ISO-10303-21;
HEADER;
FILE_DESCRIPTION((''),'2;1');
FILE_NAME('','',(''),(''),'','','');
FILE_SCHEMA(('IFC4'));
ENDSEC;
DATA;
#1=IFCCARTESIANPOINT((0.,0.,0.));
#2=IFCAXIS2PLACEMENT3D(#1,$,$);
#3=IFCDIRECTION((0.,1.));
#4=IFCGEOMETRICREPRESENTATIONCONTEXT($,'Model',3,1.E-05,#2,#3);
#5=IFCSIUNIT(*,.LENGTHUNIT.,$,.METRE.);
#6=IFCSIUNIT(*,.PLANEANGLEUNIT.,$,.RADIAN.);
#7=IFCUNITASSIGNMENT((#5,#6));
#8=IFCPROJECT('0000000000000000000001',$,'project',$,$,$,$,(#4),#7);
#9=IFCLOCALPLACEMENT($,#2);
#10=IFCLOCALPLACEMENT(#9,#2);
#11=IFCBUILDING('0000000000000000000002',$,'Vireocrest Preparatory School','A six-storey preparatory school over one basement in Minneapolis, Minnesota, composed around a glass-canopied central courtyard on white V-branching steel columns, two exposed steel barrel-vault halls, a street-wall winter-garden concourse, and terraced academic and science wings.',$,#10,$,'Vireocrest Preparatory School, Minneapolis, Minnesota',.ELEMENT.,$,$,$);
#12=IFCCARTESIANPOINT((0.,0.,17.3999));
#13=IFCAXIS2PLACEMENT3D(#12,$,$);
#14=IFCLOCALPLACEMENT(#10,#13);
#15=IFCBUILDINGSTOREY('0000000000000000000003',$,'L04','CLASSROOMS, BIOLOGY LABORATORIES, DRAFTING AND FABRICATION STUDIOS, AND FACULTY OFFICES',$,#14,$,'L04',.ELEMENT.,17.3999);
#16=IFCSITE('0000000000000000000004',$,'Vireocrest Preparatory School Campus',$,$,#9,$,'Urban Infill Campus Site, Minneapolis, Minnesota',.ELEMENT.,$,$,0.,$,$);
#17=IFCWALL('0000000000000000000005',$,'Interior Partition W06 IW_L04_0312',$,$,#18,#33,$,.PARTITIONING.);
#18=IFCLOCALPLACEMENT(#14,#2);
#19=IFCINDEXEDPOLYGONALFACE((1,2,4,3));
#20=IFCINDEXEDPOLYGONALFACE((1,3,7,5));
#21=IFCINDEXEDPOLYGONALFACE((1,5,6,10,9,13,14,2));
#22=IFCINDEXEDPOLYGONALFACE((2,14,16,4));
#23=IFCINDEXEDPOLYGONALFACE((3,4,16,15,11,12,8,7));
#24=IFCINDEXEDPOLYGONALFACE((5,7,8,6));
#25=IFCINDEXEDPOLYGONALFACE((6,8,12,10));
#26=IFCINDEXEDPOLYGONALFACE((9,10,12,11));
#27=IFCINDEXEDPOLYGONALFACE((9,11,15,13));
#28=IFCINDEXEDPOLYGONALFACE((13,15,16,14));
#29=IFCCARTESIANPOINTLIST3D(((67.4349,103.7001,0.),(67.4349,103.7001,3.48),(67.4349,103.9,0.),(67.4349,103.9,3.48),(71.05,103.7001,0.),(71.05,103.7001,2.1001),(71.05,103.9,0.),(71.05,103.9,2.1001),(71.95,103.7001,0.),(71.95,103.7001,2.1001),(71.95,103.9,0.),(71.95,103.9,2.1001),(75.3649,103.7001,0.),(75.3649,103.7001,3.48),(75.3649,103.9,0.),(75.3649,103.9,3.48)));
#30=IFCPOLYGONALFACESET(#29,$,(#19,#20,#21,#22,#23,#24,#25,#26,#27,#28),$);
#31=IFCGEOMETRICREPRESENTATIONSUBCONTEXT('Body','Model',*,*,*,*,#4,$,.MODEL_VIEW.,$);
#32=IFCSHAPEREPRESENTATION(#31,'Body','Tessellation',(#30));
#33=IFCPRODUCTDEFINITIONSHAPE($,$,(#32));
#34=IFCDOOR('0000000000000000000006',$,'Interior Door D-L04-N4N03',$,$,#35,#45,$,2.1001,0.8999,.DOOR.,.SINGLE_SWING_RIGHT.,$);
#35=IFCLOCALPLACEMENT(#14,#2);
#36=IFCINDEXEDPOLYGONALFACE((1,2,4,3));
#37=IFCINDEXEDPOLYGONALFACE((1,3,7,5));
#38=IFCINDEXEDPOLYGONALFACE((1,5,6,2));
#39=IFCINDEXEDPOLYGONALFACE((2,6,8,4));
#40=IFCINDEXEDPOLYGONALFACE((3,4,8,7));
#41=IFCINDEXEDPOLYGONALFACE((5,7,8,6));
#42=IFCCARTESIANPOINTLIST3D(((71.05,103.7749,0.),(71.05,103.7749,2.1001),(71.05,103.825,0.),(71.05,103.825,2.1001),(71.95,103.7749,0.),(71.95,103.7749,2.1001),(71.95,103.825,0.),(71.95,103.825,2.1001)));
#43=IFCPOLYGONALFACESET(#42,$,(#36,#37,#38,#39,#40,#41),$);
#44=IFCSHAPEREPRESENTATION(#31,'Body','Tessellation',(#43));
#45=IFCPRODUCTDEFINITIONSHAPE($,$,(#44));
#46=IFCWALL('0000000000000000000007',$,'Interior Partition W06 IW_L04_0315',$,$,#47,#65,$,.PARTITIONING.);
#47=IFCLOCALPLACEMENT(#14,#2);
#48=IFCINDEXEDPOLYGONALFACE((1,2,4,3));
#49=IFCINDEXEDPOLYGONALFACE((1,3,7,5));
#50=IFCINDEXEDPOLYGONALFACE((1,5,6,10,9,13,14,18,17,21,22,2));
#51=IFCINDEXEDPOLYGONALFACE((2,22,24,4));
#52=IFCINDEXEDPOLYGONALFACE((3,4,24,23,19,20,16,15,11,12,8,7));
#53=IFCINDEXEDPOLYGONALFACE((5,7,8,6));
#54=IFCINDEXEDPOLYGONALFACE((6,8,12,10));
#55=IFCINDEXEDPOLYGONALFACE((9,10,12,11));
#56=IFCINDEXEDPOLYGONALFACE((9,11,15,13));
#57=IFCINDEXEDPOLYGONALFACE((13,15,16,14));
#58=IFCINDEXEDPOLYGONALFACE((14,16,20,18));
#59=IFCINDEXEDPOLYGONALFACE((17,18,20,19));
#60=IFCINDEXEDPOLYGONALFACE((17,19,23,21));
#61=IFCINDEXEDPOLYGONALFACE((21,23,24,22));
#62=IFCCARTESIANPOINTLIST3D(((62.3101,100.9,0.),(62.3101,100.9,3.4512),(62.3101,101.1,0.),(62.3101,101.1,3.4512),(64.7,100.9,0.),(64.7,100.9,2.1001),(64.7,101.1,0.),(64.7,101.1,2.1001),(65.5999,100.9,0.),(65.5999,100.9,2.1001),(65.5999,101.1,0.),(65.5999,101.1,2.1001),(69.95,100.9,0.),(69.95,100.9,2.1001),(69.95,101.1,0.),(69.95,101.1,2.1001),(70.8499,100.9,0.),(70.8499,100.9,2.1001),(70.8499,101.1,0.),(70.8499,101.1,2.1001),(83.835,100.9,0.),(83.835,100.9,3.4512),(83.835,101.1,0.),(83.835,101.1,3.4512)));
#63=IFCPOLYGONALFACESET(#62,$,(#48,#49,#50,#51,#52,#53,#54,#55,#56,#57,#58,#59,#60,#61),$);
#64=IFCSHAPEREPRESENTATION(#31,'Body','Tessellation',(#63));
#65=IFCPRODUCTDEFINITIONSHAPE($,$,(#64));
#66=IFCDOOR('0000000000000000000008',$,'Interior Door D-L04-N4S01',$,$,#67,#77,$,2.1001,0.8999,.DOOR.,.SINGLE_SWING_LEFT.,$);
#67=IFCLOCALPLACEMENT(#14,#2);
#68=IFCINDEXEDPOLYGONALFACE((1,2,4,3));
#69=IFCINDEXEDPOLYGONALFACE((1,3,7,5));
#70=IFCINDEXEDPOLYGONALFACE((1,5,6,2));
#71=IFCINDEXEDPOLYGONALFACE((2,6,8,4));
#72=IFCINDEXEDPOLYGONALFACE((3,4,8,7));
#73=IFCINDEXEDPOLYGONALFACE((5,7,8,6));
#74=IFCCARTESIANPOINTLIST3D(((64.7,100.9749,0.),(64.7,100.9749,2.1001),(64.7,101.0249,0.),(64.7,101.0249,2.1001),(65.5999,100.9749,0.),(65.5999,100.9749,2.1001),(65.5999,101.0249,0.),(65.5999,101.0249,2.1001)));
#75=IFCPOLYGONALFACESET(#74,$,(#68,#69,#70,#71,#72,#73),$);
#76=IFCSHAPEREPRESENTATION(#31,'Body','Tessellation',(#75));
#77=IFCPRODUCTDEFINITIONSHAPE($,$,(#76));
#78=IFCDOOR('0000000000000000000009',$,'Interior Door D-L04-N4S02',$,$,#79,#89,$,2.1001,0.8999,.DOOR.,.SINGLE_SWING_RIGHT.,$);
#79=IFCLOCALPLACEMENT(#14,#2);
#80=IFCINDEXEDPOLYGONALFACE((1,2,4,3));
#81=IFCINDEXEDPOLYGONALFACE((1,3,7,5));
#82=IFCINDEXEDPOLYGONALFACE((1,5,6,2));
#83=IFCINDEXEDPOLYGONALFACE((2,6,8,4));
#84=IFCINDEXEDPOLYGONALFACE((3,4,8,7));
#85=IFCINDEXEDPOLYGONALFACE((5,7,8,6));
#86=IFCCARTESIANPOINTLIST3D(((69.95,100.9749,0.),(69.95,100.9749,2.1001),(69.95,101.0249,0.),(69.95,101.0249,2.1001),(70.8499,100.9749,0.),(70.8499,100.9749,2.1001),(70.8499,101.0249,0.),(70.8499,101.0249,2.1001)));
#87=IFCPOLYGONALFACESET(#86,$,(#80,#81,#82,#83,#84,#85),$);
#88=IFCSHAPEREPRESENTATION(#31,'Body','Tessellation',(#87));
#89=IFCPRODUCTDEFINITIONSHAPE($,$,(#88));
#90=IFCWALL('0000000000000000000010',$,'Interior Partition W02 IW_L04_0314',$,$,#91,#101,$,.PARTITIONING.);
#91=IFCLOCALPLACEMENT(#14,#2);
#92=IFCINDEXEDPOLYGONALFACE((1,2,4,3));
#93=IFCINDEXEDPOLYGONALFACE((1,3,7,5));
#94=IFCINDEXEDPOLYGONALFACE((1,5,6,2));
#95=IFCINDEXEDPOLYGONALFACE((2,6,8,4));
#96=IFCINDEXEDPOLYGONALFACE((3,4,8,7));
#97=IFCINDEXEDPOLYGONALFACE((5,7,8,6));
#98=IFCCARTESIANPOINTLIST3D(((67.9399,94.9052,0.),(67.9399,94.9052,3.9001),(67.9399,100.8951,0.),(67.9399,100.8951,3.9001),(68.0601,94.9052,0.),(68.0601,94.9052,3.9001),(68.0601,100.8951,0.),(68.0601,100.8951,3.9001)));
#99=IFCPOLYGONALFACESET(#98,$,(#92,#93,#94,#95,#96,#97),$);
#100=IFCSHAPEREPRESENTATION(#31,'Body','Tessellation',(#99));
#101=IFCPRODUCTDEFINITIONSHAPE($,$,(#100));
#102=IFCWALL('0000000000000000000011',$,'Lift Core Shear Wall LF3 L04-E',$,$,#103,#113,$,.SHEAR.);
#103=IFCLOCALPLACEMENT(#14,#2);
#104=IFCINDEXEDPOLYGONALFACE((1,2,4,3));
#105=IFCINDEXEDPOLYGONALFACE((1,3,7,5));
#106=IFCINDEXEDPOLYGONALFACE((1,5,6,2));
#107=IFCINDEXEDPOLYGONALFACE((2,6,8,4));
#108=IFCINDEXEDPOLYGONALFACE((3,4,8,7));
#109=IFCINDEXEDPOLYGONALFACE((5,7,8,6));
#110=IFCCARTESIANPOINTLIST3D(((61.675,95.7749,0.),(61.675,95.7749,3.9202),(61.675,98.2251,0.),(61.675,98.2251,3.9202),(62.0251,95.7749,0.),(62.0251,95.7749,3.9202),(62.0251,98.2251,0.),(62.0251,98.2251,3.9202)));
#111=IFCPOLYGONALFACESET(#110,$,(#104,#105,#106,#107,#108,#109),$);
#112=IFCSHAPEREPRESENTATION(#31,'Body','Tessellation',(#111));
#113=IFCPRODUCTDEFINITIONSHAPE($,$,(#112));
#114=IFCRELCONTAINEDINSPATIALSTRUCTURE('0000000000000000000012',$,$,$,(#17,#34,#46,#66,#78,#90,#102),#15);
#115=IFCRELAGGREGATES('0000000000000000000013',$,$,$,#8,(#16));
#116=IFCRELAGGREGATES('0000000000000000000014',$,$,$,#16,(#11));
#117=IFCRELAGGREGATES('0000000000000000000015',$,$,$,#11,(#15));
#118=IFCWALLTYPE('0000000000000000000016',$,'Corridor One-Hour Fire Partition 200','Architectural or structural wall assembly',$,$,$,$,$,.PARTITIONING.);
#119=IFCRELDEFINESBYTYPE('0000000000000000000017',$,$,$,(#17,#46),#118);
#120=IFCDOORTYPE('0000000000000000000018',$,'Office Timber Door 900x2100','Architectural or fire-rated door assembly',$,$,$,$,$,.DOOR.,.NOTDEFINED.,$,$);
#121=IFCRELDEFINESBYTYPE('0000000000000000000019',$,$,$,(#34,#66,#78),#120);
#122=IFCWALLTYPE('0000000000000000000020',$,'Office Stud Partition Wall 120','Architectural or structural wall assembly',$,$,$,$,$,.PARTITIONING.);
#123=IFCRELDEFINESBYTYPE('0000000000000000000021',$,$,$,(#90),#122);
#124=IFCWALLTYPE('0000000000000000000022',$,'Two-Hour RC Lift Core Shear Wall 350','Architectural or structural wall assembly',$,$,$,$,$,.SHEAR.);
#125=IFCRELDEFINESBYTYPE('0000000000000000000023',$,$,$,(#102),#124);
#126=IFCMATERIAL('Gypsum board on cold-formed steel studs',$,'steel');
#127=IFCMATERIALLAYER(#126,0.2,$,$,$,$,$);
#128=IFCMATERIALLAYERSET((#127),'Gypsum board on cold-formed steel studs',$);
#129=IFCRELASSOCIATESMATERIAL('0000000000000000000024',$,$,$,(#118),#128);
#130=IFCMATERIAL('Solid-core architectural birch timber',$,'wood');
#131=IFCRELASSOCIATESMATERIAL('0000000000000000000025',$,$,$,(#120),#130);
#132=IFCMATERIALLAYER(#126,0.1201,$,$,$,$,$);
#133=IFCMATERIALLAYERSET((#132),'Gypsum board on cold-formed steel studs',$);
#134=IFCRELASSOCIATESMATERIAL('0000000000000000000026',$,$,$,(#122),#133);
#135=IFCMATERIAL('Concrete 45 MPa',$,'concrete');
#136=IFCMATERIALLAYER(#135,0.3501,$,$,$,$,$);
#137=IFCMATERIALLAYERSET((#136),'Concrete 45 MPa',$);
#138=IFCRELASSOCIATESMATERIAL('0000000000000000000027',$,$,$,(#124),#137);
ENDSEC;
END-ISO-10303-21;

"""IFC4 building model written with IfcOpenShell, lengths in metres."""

from ifc_helpers import new_model, si_unit, direction, frame, frame_2d, origin, place, context, subcontext, project, spatial, rectangle, extrude, material, layer, layer_set, type_object, element, fill, save


model = new_model("IFC4")

# Units and contexts
model_context = context("Model", 3, precision=1e-05, world=origin(), true_north=direction((0.0, 1.0)))
body_context = subcontext(model_context, "Body", "Model", "MODEL_VIEW")
ifc_project = project(units=[si_unit("LENGTHUNIT", "METRE"), si_unit("PLANEANGLEUNIT", "RADIAN")], contexts=[model_context])

# Site, building, storey
site_placement = place(None, origin())
site = spatial("IfcSite", under=ifc_project, at=site_placement, Name="Vireocrest Preparatory School Campus", LongName="Urban Infill Campus Site, Minneapolis, Minnesota", CompositionType="ELEMENT", RefElevation=0.0)
building_placement = place(site_placement, origin())
building = spatial("IfcBuilding", under=site, at=building_placement, Name="Vireocrest Preparatory School", Description="A six-storey preparatory school over one basement in Minneapolis, Minnesota, composed around a glass-canopied central courtyard on white V-branching steel columns, two exposed steel barrel-vault halls, a street-wall winter-garden concourse, and terraced academic and science wings.", LongName="Vireocrest Preparatory School, Minneapolis, Minnesota", CompositionType="ELEMENT")
storey_placement = place(building_placement, frame((0.0, 0.0, 17.3999)))
storey = spatial("IfcBuildingStorey", under=building, at=storey_placement, Name="L04", Description="CLASSROOMS, BIOLOGY LABORATORIES, DRAFTING AND FABRICATION STUDIOS, AND FACULTY OFFICES", LongName="L04", CompositionType="ELEMENT", Elevation=17.3999)

# Shared definitions
ifc_material_1 = material(Name="Concrete 45 MPa", Category="concrete")

# Wall, opening, door
ifc_material_2 = material(Name="Gypsum board on cold-formed steel studs", Category="steel")
ifc_layer_1 = layer(ifc_material_2, 0.2)
ifc_layer_set_1 = layer_set([ifc_layer_1], Name="Gypsum board on cold-formed steel studs")
wall_type_1 = type_object("IfcWallType", Name="Corridor One-Hour Fire Partition 200", Description="Architectural or structural wall assembly", PredefinedType="PARTITIONING", material=ifc_layer_set_1)
wall_1_placement = place(storey_placement, frame((67.4351, 103.8, 0.0), z_axis=(0.0, 0.0, 1.0), x_axis=(1.0, 0.0, 0.0)))
wall_1 = element("IfcWall", 1, at=wall_1_placement, inside=storey, type_object=wall_type_1, Name="Interior Partition W06 IW_L04_0312", PredefinedType="PARTITIONING", context=body_context, shape_type="SweptSolid", body=[
    extrude(rectangle(XDim=7.9299, YDim=0.2, at=frame_2d((3.9648, 0.0))), origin(), (0.0, 0.0, 1.0), 3.48),
])
opening_1_placement = place(wall_1_placement, frame((3.615, 0.0, 0.0)))
opening_1 = element("IfcOpeningElement", 2, at=opening_1_placement, cuts=wall_1, PredefinedType="OPENING", context=body_context, shape_type="SweptSolid", body=[
    extrude(rectangle(XDim=0.8999, YDim=2.1001, at=frame_2d((0.45, 1.05))), frame((0.0, 0.1099, 0.0), z_axis=(0.0, -1.0, 0.0), x_axis=(1.0, 0.0, 0.0)), (0.0, 0.0, 1.0), 0.22),
])
ifc_material_3 = material(Name="Solid-core architectural birch timber", Category="wood")
door_type = type_object("IfcDoorType", Name="Office Timber Door 900x2100", Description="Architectural or fire-rated door assembly", OperationType="NOTDEFINED", PredefinedType="DOOR", material=ifc_material_3)
door_1_placement = place(opening_1_placement, origin())
door_1 = element("IfcDoor", 3, at=door_1_placement, inside=storey, type_object=door_type, Name="Interior Door D-L04-N4N03", OperationType="SINGLE_SWING_RIGHT", OverallHeight=2.1001, OverallWidth=0.8999, PredefinedType="DOOR", context=body_context, shape_type="SweptSolid", body=[
    extrude(rectangle(XDim=0.8999, YDim=2.1001, at=frame_2d((0.45, 1.05))), frame((0.0, 0.0249, 0.0), z_axis=(0.0, -1.0, 0.0), x_axis=(1.0, 0.0, 0.0)), (0.0, 0.0, 1.0), 0.05),
])
fill(opening_1, door_1)

# Wall, openings, doors
wall_2_placement = place(storey_placement, frame((62.3101, 101.0, 0.0), z_axis=(0.0, 0.0, 1.0), x_axis=(1.0, 0.0, 0.0)))
wall_2 = element("IfcWall", 4, at=wall_2_placement, inside=storey, type_object=wall_type_1, Name="Interior Partition W06 IW_L04_0315", PredefinedType="PARTITIONING", context=body_context, shape_type="SweptSolid", body=[
    extrude(rectangle(XDim=21.5249, YDim=0.2, at=frame_2d((10.7625, 0.0))), origin(), (0.0, 0.0, 1.0), 3.4512),
])
opening_2_placement = place(wall_2_placement, frame((2.3899, 0.0, 0.0)))
opening_2 = element("IfcOpeningElement", 5, at=opening_2_placement, cuts=wall_2, PredefinedType="OPENING", context=body_context, shape_type="SweptSolid", body=[
    extrude(rectangle(XDim=0.8999, YDim=2.1001, at=frame_2d((0.45, 1.05))), frame((0.0, 0.1099, 0.0), z_axis=(0.0, -1.0, 0.0), x_axis=(1.0, 0.0, 0.0)), (0.0, 0.0, 1.0), 0.22),
])
opening_3_placement = place(wall_2_placement, frame((7.6399, 0.0, 0.0)))
opening_3 = element("IfcOpeningElement", 6, at=opening_3_placement, cuts=wall_2, PredefinedType="OPENING", context=body_context, shape_type="SweptSolid", body=[
    extrude(rectangle(XDim=0.8999, YDim=2.1001, at=frame_2d((0.45, 1.05))), frame((0.0, 0.1099, 0.0), z_axis=(0.0, -1.0, 0.0), x_axis=(1.0, 0.0, 0.0)), (0.0, 0.0, 1.0), 0.22),
])
door_2_placement = place(opening_2_placement, origin())
door_2 = element("IfcDoor", 7, at=door_2_placement, inside=storey, type_object=door_type, Name="Interior Door D-L04-N4S01", OperationType="SINGLE_SWING_LEFT", OverallHeight=2.1001, OverallWidth=0.8999, PredefinedType="DOOR", context=body_context, shape_type="SweptSolid", body=[
    extrude(rectangle(XDim=0.8999, YDim=2.1001, at=frame_2d((0.45, 1.05))), frame((0.0, 0.0249, 0.0), z_axis=(0.0, -1.0, 0.0), x_axis=(1.0, 0.0, 0.0)), (0.0, 0.0, 1.0), 0.05),
])
fill(opening_2, door_2)
door_3_placement = place(opening_3_placement, origin())
door_3 = element("IfcDoor", 8, at=door_3_placement, inside=storey, type_object=door_type, Name="Interior Door D-L04-N4S02", OperationType="SINGLE_SWING_RIGHT", OverallHeight=2.1001, OverallWidth=0.8999, PredefinedType="DOOR", context=body_context, shape_type="SweptSolid", body=[
    extrude(rectangle(XDim=0.8999, YDim=2.1001, at=frame_2d((0.45, 1.05))), frame((0.0, 0.0249, 0.0), z_axis=(0.0, -1.0, 0.0), x_axis=(1.0, 0.0, 0.0)), (0.0, 0.0, 1.0), 0.05),
])
fill(opening_3, door_3)

# Walls
ifc_layer_2 = layer(ifc_material_2, 0.1201)
ifc_layer_set_2 = layer_set([ifc_layer_2], Name="Gypsum board on cold-formed steel studs")
wall_type_2 = type_object("IfcWallType", Name="Office Stud Partition Wall 120", Description="Architectural or structural wall assembly", PredefinedType="PARTITIONING", material=ifc_layer_set_2)
wall_3_placement = place(storey_placement, frame((68.0, 94.905, 0.0), z_axis=(0.0, 0.0, 1.0), x_axis=(0.0, 1.0, 0.0)))
element("IfcWall", 9, at=wall_3_placement, inside=storey, type_object=wall_type_2, Name="Interior Partition W02 IW_L04_0314", PredefinedType="PARTITIONING", context=body_context, shape_type="SweptSolid", body=[
    extrude(rectangle(XDim=5.99, YDim=0.1201, at=frame_2d((2.9951, 0.0))), origin(), (0.0, 0.0, 1.0), 3.9001),
])
ifc_layer_3 = layer(ifc_material_1, 0.3501)
ifc_layer_set_3 = layer_set([ifc_layer_3], Name="Concrete 45 MPa")
wall_type_3 = type_object("IfcWallType", Name="Two-Hour RC Lift Core Shear Wall 350", Description="Architectural or structural wall assembly", PredefinedType="SHEAR", material=ifc_layer_set_3)
wall_4_placement = place(storey_placement, frame((61.8501, 95.7749, 0.0), z_axis=(0.0, 0.0, 1.0), x_axis=(0.0, 1.0, 0.0)))
element("IfcWall", 10, at=wall_4_placement, inside=storey, type_object=wall_type_3, Name="Lift Core Shear Wall LF3 L04-E", PredefinedType="SHEAR", context=body_context, shape_type="SweptSolid", body=[
    extrude(rectangle(XDim=2.4502, YDim=0.3501, at=frame_2d((1.2251, 0.0))), origin(), (0.0, 0.0, 1.0), 3.9202),
])

save(model, "model.ifc")
